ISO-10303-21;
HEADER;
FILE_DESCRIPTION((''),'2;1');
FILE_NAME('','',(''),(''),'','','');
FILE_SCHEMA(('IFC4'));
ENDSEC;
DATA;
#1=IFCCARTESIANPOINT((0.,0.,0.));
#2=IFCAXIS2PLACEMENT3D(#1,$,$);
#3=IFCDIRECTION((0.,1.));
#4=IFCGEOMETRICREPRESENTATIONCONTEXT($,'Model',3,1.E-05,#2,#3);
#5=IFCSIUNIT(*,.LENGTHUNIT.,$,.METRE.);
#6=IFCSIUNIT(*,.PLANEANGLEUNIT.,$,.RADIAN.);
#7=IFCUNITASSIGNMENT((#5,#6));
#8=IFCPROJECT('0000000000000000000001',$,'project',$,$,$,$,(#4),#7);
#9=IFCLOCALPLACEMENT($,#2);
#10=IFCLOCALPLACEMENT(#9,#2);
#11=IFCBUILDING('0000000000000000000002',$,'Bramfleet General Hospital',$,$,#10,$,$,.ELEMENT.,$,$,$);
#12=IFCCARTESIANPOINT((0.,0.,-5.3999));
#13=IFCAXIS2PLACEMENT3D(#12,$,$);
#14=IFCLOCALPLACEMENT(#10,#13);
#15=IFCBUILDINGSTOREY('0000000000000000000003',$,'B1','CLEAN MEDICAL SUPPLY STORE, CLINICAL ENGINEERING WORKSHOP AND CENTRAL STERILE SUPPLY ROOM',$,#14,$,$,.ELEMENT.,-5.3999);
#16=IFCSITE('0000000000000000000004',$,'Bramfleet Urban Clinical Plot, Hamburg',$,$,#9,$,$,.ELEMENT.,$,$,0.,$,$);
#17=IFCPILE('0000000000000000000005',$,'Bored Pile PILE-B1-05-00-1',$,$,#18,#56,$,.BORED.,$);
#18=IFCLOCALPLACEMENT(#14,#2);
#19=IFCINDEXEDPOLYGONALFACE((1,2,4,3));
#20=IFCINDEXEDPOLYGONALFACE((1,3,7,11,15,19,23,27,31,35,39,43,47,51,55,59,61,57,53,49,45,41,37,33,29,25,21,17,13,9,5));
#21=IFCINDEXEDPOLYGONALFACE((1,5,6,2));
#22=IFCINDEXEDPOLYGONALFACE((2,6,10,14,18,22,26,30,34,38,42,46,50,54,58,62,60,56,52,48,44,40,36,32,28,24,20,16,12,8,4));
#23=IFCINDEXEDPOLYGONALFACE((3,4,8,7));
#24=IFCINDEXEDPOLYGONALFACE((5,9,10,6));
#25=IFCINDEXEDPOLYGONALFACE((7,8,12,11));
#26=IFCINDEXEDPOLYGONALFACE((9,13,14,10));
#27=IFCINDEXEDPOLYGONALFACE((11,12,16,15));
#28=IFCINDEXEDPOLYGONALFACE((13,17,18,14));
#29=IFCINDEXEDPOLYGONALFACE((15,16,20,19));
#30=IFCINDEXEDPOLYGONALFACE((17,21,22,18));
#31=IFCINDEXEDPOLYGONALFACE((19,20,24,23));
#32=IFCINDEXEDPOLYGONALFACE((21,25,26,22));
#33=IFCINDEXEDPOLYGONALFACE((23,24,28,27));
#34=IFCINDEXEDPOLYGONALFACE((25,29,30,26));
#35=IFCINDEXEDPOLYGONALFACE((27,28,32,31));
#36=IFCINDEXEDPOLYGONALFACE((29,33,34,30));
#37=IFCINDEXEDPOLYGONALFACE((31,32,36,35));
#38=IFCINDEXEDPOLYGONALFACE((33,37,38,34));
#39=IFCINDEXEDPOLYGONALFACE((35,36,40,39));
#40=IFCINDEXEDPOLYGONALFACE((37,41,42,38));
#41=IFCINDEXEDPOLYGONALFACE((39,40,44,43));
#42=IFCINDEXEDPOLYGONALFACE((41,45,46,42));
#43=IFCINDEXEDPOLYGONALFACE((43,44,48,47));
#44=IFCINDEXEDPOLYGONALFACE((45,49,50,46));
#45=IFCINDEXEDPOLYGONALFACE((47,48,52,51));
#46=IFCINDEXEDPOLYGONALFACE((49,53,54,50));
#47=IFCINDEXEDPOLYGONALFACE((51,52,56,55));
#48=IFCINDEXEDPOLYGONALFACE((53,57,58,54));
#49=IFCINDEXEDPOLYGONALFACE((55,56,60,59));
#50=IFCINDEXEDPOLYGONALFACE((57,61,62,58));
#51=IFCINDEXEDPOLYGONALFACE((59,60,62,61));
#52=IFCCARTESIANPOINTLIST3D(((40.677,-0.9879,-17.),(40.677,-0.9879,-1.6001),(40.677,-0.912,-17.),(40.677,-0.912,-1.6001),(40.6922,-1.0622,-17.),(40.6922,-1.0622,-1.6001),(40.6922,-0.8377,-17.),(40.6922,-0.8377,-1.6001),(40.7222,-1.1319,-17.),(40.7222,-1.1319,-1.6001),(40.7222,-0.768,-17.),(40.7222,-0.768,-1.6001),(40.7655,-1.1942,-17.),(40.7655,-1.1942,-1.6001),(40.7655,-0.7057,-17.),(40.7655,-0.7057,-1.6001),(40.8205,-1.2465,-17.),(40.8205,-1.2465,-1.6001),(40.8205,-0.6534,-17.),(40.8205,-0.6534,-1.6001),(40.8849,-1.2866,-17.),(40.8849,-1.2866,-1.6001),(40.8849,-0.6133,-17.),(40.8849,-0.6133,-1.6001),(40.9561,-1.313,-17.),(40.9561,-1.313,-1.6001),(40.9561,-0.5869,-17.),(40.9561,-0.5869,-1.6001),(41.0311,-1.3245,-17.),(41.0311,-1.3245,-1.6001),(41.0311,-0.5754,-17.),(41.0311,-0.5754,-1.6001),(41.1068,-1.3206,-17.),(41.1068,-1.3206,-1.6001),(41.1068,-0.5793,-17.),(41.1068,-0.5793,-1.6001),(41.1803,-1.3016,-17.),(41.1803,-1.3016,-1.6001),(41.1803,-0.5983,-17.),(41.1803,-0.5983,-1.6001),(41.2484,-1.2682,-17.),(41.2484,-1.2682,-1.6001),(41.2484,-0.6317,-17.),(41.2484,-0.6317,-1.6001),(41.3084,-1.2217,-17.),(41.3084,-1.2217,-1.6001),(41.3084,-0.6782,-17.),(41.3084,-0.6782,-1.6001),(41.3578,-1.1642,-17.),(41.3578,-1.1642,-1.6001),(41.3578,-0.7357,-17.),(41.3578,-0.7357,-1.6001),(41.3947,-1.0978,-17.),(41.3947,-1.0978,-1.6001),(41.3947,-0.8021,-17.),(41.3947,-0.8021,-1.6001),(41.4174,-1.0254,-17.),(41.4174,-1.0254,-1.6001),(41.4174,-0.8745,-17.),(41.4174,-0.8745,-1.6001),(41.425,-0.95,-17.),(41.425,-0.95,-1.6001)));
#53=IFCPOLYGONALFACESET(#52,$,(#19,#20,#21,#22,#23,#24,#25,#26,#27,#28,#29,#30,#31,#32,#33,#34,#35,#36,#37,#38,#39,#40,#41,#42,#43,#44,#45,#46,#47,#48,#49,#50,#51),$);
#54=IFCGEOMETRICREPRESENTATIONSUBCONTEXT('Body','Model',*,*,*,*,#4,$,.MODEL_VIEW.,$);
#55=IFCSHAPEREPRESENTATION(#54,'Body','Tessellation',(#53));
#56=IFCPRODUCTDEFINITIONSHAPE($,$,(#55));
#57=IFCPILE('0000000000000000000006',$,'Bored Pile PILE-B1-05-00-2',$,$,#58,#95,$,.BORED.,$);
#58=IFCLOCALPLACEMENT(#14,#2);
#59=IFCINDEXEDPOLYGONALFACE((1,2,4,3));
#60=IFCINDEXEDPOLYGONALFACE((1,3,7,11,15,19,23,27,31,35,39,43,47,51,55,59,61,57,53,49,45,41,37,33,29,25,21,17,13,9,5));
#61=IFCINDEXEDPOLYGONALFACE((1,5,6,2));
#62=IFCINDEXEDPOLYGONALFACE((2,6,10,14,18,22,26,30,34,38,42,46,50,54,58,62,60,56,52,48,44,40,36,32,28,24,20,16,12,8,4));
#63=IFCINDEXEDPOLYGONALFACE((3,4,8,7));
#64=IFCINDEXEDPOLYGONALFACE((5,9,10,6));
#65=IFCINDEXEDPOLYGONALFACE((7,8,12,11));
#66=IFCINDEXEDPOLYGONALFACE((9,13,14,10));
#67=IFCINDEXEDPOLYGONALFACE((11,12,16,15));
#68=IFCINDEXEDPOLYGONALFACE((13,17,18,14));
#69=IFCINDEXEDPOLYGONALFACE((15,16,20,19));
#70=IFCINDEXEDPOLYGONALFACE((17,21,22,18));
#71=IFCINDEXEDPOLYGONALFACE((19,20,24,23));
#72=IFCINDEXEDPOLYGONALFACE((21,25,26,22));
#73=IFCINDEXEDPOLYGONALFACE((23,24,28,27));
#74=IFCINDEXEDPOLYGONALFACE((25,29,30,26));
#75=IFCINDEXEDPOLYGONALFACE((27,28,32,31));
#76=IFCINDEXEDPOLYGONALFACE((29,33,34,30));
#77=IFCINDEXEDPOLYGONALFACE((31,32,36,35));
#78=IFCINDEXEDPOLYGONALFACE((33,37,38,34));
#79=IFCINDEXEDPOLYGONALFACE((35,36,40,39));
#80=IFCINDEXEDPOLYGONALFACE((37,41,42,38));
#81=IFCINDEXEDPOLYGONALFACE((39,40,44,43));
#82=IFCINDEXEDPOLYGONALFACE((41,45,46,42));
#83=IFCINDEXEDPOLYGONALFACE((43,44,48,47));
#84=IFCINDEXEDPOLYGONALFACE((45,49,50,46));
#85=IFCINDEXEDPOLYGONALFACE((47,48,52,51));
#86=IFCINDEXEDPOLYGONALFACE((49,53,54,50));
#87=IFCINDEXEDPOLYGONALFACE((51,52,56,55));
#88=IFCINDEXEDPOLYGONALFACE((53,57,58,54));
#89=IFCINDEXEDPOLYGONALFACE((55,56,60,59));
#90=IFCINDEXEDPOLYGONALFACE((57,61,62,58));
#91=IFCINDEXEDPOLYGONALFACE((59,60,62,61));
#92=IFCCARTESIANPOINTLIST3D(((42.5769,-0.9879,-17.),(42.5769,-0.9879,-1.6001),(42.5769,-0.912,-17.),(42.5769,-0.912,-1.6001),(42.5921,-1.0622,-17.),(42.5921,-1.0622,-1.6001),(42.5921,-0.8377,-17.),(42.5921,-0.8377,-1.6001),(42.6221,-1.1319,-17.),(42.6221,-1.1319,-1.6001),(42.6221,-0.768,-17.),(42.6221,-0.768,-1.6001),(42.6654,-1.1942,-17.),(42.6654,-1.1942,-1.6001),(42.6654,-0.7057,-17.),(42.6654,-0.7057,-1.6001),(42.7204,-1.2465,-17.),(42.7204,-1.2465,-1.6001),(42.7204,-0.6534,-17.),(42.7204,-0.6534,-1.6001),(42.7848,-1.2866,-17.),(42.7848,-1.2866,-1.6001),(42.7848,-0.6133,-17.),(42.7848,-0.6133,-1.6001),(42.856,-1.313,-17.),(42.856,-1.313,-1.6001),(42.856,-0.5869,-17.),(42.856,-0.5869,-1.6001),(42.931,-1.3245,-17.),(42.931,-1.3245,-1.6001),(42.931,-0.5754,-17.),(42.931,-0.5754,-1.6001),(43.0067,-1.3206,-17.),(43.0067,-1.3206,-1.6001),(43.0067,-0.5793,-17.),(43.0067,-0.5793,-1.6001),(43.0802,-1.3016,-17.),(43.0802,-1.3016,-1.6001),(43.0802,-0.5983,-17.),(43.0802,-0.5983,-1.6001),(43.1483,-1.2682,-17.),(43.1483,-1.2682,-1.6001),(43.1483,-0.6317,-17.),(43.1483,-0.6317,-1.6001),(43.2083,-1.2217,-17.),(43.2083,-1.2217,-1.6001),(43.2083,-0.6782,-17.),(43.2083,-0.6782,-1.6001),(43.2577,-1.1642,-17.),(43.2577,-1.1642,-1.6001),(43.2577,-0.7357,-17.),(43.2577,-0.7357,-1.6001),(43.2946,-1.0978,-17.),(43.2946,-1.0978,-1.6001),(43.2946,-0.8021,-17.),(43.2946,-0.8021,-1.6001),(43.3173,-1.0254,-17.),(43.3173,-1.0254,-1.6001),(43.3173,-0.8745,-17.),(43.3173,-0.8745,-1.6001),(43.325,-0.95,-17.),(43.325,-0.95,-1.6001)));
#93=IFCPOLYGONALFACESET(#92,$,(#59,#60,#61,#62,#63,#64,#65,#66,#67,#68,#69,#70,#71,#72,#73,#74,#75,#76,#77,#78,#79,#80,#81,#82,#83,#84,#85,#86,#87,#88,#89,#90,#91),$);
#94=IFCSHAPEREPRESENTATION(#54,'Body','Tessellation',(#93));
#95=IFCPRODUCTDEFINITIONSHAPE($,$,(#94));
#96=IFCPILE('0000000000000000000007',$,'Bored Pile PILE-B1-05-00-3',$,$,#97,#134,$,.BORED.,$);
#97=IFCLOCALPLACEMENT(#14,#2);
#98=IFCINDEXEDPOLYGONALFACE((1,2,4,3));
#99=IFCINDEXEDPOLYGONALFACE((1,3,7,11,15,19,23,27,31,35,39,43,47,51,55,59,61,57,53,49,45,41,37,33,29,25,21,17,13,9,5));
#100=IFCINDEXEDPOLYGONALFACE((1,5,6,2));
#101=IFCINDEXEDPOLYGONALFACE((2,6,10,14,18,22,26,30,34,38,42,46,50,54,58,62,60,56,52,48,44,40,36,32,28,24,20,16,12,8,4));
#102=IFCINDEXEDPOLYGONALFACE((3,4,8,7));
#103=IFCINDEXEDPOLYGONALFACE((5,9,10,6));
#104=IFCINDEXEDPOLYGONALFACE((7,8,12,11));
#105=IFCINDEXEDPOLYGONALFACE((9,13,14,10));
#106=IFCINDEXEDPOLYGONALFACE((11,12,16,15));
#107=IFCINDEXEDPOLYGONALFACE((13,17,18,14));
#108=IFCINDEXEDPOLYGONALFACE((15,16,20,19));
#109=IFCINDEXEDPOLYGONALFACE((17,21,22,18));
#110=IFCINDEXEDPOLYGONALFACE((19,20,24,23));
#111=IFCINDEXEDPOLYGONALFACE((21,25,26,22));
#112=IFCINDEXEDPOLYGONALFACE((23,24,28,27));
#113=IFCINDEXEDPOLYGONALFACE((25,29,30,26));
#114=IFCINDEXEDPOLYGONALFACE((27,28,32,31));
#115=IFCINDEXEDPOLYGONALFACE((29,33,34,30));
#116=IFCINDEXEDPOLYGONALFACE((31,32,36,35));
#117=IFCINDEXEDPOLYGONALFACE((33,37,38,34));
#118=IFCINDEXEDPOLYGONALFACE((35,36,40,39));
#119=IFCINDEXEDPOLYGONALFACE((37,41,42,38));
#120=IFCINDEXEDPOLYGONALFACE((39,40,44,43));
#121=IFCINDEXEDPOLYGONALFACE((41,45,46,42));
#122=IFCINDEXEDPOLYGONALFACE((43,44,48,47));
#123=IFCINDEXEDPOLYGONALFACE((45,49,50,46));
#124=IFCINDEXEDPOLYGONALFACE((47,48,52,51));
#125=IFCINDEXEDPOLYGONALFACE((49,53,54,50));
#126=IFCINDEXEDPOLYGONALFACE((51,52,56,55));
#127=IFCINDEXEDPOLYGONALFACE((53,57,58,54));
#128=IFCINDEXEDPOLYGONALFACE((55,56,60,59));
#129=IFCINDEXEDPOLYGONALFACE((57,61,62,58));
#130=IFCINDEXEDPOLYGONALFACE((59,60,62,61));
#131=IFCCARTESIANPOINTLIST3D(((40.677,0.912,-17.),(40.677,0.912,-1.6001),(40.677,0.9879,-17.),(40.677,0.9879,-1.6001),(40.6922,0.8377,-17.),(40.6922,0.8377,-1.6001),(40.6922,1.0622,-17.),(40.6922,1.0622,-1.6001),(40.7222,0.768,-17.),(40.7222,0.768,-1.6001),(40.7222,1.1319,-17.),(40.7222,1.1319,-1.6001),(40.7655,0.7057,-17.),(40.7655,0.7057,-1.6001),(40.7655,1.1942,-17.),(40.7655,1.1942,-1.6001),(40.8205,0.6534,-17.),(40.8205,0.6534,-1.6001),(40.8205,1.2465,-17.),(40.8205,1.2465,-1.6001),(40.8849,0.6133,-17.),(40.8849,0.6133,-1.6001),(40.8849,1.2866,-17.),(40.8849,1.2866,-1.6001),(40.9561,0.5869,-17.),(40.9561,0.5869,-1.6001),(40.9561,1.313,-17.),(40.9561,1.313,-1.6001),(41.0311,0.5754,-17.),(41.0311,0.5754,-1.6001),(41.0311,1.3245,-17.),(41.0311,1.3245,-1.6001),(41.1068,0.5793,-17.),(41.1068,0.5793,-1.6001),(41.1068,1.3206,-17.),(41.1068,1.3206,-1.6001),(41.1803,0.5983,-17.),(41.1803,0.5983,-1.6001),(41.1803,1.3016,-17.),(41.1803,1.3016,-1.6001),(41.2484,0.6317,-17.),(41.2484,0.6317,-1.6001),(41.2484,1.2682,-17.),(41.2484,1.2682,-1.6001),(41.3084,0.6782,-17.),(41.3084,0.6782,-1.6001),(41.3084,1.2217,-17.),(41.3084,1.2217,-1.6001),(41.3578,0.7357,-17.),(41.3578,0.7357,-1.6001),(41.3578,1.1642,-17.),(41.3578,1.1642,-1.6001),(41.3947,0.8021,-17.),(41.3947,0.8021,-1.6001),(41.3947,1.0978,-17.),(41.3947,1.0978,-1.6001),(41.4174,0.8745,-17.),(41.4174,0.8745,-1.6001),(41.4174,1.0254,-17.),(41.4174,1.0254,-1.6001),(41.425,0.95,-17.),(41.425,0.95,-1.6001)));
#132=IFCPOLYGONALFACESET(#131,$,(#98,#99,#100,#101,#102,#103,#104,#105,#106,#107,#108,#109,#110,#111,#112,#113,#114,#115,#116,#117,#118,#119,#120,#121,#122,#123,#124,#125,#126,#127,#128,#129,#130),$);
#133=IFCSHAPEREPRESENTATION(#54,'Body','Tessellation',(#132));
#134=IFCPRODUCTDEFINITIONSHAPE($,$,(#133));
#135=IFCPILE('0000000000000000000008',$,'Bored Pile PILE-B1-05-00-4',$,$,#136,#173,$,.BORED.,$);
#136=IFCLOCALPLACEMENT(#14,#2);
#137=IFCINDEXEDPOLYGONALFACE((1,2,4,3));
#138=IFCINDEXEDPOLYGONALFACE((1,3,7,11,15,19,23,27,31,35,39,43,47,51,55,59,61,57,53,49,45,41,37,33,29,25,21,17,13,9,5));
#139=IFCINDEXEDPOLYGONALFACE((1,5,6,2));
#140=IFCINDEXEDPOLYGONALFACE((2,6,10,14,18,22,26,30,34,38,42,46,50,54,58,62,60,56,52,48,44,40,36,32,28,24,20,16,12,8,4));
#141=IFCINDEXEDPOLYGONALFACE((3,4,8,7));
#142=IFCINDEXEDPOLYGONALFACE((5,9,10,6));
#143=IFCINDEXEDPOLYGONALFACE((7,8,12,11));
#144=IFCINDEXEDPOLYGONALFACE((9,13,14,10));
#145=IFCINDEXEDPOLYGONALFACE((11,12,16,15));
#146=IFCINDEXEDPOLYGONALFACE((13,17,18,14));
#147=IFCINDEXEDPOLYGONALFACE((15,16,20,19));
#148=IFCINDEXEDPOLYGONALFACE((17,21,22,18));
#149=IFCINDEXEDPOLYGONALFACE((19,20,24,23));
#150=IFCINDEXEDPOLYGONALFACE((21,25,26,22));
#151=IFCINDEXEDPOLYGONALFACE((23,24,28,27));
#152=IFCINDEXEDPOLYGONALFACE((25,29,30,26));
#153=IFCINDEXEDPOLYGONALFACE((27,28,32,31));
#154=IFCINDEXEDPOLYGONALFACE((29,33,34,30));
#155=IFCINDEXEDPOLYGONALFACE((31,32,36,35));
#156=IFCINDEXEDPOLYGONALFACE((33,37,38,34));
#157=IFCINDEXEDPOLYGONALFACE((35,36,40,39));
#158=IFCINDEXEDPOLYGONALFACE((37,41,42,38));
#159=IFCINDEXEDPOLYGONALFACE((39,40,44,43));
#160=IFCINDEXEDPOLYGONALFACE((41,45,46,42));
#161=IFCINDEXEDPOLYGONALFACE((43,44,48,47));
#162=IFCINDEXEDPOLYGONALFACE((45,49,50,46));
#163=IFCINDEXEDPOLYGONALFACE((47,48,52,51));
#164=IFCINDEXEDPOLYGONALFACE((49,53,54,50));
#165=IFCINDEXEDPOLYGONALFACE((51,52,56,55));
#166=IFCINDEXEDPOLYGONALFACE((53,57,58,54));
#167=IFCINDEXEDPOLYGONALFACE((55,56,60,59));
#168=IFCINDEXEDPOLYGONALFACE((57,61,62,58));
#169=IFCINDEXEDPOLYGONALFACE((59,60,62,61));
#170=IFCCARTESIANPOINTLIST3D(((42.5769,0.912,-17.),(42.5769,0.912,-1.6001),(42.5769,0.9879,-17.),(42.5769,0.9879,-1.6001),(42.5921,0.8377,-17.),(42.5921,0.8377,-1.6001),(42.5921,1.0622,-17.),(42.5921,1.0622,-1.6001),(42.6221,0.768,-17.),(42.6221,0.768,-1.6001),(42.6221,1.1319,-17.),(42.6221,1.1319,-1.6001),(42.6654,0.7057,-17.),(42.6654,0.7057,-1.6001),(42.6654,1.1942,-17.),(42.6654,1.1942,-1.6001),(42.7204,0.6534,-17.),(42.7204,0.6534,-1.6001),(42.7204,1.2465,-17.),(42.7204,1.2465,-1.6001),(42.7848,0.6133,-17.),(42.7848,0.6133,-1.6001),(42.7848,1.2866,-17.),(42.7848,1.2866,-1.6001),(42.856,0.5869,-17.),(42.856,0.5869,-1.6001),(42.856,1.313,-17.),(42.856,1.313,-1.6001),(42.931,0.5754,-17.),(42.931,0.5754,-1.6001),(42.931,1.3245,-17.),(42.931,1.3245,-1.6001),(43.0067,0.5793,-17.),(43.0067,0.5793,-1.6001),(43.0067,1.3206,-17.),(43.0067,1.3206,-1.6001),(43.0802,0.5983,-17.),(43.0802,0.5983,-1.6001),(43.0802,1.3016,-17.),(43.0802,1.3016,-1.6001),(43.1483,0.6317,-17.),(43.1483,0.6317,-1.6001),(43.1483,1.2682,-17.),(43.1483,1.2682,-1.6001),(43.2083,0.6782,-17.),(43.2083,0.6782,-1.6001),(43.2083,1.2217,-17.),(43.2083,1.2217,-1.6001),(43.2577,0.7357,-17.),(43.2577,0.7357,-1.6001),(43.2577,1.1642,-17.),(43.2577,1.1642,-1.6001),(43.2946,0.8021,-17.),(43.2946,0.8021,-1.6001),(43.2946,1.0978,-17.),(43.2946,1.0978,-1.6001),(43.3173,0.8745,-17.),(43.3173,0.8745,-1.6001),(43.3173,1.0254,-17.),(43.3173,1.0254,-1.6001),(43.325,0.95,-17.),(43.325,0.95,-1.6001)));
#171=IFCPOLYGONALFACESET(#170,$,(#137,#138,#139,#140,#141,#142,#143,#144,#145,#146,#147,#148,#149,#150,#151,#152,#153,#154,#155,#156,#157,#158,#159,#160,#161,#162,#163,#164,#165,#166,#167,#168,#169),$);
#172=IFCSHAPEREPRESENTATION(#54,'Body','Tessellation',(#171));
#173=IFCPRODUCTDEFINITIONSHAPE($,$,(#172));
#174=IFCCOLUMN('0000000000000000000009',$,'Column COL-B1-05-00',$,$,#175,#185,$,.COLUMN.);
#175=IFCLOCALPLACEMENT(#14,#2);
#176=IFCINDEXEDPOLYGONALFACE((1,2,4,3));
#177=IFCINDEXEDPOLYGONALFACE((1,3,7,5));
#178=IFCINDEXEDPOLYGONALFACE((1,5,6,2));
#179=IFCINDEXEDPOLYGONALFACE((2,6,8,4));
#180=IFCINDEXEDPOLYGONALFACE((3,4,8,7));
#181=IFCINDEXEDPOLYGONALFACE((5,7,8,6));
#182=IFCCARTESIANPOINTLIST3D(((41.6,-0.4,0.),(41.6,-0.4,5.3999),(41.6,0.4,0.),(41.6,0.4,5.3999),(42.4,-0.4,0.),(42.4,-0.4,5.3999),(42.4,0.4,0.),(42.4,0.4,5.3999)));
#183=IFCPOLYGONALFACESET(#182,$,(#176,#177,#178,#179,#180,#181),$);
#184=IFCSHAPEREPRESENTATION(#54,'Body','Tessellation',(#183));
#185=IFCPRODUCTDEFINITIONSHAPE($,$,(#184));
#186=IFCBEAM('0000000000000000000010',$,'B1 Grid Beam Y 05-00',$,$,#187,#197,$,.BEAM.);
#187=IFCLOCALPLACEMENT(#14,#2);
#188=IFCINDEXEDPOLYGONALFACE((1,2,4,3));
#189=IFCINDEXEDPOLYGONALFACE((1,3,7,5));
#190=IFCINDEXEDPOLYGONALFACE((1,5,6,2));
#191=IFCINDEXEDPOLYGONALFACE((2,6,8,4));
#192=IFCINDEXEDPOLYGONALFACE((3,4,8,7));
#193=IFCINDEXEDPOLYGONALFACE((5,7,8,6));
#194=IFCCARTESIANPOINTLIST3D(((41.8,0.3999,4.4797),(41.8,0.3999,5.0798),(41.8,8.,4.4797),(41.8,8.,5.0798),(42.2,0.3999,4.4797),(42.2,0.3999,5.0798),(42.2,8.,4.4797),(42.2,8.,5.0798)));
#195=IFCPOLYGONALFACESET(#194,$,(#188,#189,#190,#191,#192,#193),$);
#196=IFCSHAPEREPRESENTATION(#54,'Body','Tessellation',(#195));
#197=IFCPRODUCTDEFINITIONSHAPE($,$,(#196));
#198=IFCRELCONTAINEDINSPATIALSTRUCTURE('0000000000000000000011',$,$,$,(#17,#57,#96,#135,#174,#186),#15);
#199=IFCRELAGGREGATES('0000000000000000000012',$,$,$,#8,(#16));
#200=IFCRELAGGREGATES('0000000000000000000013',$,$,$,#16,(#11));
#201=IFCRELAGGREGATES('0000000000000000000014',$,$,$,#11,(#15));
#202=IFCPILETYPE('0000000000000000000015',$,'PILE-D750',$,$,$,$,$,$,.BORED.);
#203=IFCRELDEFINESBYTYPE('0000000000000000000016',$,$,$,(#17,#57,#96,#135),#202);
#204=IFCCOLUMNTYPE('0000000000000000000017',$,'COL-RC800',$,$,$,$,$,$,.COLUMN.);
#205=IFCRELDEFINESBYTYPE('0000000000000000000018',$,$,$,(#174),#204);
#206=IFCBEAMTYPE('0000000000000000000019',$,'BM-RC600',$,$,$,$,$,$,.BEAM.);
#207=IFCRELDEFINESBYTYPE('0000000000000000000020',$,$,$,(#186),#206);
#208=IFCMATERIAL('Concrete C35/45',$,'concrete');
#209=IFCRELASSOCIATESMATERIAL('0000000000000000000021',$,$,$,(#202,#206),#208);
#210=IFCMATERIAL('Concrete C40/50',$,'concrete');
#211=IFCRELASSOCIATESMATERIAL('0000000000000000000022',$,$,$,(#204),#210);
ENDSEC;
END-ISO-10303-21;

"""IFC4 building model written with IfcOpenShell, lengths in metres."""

from ifc_helpers import new_model, si_unit, direction, frame, origin, origin_2d, place, context, subcontext, project, spatial, rectangle, circle, extrude, material, material_profile, profile_set, type_object, element, save


model = new_model("IFC4")

# Units and contexts
model_context = context("Model", 3, precision=1e-05, world=origin(), true_north=direction((0.0, 1.0)))
body_context = subcontext(model_context, "Body", "Model", "MODEL_VIEW")
ifc_project = project(units=[si_unit("LENGTHUNIT", "METRE"), si_unit("PLANEANGLEUNIT", "RADIAN")], contexts=[model_context])

# Site, building, storey
site_placement = place(None, origin())
site = spatial("IfcSite", under=ifc_project, at=site_placement, Name="Bramfleet Urban Clinical Plot, Hamburg", CompositionType="ELEMENT", RefElevation=0.0)
building_placement = place(site_placement, origin())
building = spatial("IfcBuilding", under=site, at=building_placement, Name="Bramfleet General Hospital", CompositionType="ELEMENT")
storey_placement = place(building_placement, frame((0.0, 0.0, -5.3999)))
storey = spatial("IfcBuildingStorey", under=building, at=storey_placement, Name="B1", Description="CLEAN MEDICAL SUPPLY STORE, CLINICAL ENGINEERING WORKSHOP AND CENTRAL STERILE SUPPLY ROOM", CompositionType="ELEMENT", Elevation=-5.3999)

# Shared definitions
ifc_material_1 = material(Name="Concrete C35/45", Category="concrete")

# Piles
ifc_material_profile_1 = material_profile(ifc_material_1, circle(Radius=0.375, at=origin_2d()), Name="PILE BORED D750")
ifc_profile_set_1 = profile_set([ifc_material_profile_1], Name="Concrete C35/45")
pile_type = type_object("IfcPileType", Name="PILE-D750", PredefinedType="BORED", material=ifc_profile_set_1)
for number, where, z_axis, x_axis, name in (
    (1, (41.05, -0.95, -1.6001), (0.0, 0.0, -1.0), (1.0, 0.0, 0.0), "Bored Pile PILE-B1-05-00-1"),
    (2, (42.95, -0.95, -1.6001), (0.0, 0.0, -1.0), (1.0, 0.0, 0.0), "Bored Pile PILE-B1-05-00-2"),
    (3, (41.05, 0.95, -1.6001), (0.0, 0.0, -1.0), (1.0, 0.0, 0.0), "Bored Pile PILE-B1-05-00-3"),
    (4, (42.95, 0.95, -1.6001), (0.0, 0.0, -1.0), (1.0, 0.0, 0.0), "Bored Pile PILE-B1-05-00-4"),
):
    element("IfcPile", number, at=place(storey_placement, frame(where, z_axis=z_axis, x_axis=x_axis)), inside=storey, type_object=pile_type, Name=name, PredefinedType="BORED", context=body_context, shape_type="SweptSolid", body=[
        extrude(circle(Radius=0.375, at=origin_2d()), origin(), (0.0, 0.0, 1.0), 15.3999),
    ])

# Column
ifc_material_2 = material(Name="Concrete C40/50", Category="concrete")
ifc_material_profile_2 = material_profile(ifc_material_2, rectangle(XDim=0.8, YDim=0.8, at=origin_2d()), Name="RC COL 800x800")
ifc_profile_set_2 = profile_set([ifc_material_profile_2], Name="Concrete C40/50")
column_type = type_object("IfcColumnType", Name="COL-RC800", PredefinedType="COLUMN", material=ifc_profile_set_2)
column_placement = place(storey_placement, frame((42.0, 0.0, 0.0), z_axis=(0.0, 0.0, 1.0), x_axis=(1.0, 0.0, 0.0)))
element("IfcColumn", 5, at=column_placement, inside=storey, type_object=column_type, Name="Column COL-B1-05-00", PredefinedType="COLUMN", context=body_context, shape_type="SweptSolid", body=[
    extrude(rectangle(XDim=0.8, YDim=0.8, at=origin_2d()), origin(), (0.0, 0.0, 1.0), 5.3999),
])

# Beam
ifc_material_profile_3 = material_profile(ifc_material_1, rectangle(XDim=0.3999, YDim=0.6001, at=origin_2d()), Name="RC BM 600x400")
ifc_profile_set_3 = profile_set([ifc_material_profile_3], Name="Concrete C35/45")
beam_type_1 = type_object("IfcBeamType", Name="BM-RC600", PredefinedType="BEAM", material=ifc_profile_set_3)
beam_1_placement = place(storey_placement, frame((42.0, 0.3999, 4.7798), z_axis=(0.0, 1.0, 0.0), x_axis=(-1.0, 0.0, 0.0)))
element("IfcBeam", 6, at=beam_1_placement, inside=storey, type_object=beam_type_1, Name="B1 Grid Beam Y 05-00", PredefinedType="BEAM", context=body_context, shape_type="SweptSolid", body=[
    extrude(rectangle(XDim=0.3999, YDim=0.6001, at=origin_2d()), origin(), (0.0, 0.0, 1.0), 7.6001),
])

save(model, "model.ifc")
